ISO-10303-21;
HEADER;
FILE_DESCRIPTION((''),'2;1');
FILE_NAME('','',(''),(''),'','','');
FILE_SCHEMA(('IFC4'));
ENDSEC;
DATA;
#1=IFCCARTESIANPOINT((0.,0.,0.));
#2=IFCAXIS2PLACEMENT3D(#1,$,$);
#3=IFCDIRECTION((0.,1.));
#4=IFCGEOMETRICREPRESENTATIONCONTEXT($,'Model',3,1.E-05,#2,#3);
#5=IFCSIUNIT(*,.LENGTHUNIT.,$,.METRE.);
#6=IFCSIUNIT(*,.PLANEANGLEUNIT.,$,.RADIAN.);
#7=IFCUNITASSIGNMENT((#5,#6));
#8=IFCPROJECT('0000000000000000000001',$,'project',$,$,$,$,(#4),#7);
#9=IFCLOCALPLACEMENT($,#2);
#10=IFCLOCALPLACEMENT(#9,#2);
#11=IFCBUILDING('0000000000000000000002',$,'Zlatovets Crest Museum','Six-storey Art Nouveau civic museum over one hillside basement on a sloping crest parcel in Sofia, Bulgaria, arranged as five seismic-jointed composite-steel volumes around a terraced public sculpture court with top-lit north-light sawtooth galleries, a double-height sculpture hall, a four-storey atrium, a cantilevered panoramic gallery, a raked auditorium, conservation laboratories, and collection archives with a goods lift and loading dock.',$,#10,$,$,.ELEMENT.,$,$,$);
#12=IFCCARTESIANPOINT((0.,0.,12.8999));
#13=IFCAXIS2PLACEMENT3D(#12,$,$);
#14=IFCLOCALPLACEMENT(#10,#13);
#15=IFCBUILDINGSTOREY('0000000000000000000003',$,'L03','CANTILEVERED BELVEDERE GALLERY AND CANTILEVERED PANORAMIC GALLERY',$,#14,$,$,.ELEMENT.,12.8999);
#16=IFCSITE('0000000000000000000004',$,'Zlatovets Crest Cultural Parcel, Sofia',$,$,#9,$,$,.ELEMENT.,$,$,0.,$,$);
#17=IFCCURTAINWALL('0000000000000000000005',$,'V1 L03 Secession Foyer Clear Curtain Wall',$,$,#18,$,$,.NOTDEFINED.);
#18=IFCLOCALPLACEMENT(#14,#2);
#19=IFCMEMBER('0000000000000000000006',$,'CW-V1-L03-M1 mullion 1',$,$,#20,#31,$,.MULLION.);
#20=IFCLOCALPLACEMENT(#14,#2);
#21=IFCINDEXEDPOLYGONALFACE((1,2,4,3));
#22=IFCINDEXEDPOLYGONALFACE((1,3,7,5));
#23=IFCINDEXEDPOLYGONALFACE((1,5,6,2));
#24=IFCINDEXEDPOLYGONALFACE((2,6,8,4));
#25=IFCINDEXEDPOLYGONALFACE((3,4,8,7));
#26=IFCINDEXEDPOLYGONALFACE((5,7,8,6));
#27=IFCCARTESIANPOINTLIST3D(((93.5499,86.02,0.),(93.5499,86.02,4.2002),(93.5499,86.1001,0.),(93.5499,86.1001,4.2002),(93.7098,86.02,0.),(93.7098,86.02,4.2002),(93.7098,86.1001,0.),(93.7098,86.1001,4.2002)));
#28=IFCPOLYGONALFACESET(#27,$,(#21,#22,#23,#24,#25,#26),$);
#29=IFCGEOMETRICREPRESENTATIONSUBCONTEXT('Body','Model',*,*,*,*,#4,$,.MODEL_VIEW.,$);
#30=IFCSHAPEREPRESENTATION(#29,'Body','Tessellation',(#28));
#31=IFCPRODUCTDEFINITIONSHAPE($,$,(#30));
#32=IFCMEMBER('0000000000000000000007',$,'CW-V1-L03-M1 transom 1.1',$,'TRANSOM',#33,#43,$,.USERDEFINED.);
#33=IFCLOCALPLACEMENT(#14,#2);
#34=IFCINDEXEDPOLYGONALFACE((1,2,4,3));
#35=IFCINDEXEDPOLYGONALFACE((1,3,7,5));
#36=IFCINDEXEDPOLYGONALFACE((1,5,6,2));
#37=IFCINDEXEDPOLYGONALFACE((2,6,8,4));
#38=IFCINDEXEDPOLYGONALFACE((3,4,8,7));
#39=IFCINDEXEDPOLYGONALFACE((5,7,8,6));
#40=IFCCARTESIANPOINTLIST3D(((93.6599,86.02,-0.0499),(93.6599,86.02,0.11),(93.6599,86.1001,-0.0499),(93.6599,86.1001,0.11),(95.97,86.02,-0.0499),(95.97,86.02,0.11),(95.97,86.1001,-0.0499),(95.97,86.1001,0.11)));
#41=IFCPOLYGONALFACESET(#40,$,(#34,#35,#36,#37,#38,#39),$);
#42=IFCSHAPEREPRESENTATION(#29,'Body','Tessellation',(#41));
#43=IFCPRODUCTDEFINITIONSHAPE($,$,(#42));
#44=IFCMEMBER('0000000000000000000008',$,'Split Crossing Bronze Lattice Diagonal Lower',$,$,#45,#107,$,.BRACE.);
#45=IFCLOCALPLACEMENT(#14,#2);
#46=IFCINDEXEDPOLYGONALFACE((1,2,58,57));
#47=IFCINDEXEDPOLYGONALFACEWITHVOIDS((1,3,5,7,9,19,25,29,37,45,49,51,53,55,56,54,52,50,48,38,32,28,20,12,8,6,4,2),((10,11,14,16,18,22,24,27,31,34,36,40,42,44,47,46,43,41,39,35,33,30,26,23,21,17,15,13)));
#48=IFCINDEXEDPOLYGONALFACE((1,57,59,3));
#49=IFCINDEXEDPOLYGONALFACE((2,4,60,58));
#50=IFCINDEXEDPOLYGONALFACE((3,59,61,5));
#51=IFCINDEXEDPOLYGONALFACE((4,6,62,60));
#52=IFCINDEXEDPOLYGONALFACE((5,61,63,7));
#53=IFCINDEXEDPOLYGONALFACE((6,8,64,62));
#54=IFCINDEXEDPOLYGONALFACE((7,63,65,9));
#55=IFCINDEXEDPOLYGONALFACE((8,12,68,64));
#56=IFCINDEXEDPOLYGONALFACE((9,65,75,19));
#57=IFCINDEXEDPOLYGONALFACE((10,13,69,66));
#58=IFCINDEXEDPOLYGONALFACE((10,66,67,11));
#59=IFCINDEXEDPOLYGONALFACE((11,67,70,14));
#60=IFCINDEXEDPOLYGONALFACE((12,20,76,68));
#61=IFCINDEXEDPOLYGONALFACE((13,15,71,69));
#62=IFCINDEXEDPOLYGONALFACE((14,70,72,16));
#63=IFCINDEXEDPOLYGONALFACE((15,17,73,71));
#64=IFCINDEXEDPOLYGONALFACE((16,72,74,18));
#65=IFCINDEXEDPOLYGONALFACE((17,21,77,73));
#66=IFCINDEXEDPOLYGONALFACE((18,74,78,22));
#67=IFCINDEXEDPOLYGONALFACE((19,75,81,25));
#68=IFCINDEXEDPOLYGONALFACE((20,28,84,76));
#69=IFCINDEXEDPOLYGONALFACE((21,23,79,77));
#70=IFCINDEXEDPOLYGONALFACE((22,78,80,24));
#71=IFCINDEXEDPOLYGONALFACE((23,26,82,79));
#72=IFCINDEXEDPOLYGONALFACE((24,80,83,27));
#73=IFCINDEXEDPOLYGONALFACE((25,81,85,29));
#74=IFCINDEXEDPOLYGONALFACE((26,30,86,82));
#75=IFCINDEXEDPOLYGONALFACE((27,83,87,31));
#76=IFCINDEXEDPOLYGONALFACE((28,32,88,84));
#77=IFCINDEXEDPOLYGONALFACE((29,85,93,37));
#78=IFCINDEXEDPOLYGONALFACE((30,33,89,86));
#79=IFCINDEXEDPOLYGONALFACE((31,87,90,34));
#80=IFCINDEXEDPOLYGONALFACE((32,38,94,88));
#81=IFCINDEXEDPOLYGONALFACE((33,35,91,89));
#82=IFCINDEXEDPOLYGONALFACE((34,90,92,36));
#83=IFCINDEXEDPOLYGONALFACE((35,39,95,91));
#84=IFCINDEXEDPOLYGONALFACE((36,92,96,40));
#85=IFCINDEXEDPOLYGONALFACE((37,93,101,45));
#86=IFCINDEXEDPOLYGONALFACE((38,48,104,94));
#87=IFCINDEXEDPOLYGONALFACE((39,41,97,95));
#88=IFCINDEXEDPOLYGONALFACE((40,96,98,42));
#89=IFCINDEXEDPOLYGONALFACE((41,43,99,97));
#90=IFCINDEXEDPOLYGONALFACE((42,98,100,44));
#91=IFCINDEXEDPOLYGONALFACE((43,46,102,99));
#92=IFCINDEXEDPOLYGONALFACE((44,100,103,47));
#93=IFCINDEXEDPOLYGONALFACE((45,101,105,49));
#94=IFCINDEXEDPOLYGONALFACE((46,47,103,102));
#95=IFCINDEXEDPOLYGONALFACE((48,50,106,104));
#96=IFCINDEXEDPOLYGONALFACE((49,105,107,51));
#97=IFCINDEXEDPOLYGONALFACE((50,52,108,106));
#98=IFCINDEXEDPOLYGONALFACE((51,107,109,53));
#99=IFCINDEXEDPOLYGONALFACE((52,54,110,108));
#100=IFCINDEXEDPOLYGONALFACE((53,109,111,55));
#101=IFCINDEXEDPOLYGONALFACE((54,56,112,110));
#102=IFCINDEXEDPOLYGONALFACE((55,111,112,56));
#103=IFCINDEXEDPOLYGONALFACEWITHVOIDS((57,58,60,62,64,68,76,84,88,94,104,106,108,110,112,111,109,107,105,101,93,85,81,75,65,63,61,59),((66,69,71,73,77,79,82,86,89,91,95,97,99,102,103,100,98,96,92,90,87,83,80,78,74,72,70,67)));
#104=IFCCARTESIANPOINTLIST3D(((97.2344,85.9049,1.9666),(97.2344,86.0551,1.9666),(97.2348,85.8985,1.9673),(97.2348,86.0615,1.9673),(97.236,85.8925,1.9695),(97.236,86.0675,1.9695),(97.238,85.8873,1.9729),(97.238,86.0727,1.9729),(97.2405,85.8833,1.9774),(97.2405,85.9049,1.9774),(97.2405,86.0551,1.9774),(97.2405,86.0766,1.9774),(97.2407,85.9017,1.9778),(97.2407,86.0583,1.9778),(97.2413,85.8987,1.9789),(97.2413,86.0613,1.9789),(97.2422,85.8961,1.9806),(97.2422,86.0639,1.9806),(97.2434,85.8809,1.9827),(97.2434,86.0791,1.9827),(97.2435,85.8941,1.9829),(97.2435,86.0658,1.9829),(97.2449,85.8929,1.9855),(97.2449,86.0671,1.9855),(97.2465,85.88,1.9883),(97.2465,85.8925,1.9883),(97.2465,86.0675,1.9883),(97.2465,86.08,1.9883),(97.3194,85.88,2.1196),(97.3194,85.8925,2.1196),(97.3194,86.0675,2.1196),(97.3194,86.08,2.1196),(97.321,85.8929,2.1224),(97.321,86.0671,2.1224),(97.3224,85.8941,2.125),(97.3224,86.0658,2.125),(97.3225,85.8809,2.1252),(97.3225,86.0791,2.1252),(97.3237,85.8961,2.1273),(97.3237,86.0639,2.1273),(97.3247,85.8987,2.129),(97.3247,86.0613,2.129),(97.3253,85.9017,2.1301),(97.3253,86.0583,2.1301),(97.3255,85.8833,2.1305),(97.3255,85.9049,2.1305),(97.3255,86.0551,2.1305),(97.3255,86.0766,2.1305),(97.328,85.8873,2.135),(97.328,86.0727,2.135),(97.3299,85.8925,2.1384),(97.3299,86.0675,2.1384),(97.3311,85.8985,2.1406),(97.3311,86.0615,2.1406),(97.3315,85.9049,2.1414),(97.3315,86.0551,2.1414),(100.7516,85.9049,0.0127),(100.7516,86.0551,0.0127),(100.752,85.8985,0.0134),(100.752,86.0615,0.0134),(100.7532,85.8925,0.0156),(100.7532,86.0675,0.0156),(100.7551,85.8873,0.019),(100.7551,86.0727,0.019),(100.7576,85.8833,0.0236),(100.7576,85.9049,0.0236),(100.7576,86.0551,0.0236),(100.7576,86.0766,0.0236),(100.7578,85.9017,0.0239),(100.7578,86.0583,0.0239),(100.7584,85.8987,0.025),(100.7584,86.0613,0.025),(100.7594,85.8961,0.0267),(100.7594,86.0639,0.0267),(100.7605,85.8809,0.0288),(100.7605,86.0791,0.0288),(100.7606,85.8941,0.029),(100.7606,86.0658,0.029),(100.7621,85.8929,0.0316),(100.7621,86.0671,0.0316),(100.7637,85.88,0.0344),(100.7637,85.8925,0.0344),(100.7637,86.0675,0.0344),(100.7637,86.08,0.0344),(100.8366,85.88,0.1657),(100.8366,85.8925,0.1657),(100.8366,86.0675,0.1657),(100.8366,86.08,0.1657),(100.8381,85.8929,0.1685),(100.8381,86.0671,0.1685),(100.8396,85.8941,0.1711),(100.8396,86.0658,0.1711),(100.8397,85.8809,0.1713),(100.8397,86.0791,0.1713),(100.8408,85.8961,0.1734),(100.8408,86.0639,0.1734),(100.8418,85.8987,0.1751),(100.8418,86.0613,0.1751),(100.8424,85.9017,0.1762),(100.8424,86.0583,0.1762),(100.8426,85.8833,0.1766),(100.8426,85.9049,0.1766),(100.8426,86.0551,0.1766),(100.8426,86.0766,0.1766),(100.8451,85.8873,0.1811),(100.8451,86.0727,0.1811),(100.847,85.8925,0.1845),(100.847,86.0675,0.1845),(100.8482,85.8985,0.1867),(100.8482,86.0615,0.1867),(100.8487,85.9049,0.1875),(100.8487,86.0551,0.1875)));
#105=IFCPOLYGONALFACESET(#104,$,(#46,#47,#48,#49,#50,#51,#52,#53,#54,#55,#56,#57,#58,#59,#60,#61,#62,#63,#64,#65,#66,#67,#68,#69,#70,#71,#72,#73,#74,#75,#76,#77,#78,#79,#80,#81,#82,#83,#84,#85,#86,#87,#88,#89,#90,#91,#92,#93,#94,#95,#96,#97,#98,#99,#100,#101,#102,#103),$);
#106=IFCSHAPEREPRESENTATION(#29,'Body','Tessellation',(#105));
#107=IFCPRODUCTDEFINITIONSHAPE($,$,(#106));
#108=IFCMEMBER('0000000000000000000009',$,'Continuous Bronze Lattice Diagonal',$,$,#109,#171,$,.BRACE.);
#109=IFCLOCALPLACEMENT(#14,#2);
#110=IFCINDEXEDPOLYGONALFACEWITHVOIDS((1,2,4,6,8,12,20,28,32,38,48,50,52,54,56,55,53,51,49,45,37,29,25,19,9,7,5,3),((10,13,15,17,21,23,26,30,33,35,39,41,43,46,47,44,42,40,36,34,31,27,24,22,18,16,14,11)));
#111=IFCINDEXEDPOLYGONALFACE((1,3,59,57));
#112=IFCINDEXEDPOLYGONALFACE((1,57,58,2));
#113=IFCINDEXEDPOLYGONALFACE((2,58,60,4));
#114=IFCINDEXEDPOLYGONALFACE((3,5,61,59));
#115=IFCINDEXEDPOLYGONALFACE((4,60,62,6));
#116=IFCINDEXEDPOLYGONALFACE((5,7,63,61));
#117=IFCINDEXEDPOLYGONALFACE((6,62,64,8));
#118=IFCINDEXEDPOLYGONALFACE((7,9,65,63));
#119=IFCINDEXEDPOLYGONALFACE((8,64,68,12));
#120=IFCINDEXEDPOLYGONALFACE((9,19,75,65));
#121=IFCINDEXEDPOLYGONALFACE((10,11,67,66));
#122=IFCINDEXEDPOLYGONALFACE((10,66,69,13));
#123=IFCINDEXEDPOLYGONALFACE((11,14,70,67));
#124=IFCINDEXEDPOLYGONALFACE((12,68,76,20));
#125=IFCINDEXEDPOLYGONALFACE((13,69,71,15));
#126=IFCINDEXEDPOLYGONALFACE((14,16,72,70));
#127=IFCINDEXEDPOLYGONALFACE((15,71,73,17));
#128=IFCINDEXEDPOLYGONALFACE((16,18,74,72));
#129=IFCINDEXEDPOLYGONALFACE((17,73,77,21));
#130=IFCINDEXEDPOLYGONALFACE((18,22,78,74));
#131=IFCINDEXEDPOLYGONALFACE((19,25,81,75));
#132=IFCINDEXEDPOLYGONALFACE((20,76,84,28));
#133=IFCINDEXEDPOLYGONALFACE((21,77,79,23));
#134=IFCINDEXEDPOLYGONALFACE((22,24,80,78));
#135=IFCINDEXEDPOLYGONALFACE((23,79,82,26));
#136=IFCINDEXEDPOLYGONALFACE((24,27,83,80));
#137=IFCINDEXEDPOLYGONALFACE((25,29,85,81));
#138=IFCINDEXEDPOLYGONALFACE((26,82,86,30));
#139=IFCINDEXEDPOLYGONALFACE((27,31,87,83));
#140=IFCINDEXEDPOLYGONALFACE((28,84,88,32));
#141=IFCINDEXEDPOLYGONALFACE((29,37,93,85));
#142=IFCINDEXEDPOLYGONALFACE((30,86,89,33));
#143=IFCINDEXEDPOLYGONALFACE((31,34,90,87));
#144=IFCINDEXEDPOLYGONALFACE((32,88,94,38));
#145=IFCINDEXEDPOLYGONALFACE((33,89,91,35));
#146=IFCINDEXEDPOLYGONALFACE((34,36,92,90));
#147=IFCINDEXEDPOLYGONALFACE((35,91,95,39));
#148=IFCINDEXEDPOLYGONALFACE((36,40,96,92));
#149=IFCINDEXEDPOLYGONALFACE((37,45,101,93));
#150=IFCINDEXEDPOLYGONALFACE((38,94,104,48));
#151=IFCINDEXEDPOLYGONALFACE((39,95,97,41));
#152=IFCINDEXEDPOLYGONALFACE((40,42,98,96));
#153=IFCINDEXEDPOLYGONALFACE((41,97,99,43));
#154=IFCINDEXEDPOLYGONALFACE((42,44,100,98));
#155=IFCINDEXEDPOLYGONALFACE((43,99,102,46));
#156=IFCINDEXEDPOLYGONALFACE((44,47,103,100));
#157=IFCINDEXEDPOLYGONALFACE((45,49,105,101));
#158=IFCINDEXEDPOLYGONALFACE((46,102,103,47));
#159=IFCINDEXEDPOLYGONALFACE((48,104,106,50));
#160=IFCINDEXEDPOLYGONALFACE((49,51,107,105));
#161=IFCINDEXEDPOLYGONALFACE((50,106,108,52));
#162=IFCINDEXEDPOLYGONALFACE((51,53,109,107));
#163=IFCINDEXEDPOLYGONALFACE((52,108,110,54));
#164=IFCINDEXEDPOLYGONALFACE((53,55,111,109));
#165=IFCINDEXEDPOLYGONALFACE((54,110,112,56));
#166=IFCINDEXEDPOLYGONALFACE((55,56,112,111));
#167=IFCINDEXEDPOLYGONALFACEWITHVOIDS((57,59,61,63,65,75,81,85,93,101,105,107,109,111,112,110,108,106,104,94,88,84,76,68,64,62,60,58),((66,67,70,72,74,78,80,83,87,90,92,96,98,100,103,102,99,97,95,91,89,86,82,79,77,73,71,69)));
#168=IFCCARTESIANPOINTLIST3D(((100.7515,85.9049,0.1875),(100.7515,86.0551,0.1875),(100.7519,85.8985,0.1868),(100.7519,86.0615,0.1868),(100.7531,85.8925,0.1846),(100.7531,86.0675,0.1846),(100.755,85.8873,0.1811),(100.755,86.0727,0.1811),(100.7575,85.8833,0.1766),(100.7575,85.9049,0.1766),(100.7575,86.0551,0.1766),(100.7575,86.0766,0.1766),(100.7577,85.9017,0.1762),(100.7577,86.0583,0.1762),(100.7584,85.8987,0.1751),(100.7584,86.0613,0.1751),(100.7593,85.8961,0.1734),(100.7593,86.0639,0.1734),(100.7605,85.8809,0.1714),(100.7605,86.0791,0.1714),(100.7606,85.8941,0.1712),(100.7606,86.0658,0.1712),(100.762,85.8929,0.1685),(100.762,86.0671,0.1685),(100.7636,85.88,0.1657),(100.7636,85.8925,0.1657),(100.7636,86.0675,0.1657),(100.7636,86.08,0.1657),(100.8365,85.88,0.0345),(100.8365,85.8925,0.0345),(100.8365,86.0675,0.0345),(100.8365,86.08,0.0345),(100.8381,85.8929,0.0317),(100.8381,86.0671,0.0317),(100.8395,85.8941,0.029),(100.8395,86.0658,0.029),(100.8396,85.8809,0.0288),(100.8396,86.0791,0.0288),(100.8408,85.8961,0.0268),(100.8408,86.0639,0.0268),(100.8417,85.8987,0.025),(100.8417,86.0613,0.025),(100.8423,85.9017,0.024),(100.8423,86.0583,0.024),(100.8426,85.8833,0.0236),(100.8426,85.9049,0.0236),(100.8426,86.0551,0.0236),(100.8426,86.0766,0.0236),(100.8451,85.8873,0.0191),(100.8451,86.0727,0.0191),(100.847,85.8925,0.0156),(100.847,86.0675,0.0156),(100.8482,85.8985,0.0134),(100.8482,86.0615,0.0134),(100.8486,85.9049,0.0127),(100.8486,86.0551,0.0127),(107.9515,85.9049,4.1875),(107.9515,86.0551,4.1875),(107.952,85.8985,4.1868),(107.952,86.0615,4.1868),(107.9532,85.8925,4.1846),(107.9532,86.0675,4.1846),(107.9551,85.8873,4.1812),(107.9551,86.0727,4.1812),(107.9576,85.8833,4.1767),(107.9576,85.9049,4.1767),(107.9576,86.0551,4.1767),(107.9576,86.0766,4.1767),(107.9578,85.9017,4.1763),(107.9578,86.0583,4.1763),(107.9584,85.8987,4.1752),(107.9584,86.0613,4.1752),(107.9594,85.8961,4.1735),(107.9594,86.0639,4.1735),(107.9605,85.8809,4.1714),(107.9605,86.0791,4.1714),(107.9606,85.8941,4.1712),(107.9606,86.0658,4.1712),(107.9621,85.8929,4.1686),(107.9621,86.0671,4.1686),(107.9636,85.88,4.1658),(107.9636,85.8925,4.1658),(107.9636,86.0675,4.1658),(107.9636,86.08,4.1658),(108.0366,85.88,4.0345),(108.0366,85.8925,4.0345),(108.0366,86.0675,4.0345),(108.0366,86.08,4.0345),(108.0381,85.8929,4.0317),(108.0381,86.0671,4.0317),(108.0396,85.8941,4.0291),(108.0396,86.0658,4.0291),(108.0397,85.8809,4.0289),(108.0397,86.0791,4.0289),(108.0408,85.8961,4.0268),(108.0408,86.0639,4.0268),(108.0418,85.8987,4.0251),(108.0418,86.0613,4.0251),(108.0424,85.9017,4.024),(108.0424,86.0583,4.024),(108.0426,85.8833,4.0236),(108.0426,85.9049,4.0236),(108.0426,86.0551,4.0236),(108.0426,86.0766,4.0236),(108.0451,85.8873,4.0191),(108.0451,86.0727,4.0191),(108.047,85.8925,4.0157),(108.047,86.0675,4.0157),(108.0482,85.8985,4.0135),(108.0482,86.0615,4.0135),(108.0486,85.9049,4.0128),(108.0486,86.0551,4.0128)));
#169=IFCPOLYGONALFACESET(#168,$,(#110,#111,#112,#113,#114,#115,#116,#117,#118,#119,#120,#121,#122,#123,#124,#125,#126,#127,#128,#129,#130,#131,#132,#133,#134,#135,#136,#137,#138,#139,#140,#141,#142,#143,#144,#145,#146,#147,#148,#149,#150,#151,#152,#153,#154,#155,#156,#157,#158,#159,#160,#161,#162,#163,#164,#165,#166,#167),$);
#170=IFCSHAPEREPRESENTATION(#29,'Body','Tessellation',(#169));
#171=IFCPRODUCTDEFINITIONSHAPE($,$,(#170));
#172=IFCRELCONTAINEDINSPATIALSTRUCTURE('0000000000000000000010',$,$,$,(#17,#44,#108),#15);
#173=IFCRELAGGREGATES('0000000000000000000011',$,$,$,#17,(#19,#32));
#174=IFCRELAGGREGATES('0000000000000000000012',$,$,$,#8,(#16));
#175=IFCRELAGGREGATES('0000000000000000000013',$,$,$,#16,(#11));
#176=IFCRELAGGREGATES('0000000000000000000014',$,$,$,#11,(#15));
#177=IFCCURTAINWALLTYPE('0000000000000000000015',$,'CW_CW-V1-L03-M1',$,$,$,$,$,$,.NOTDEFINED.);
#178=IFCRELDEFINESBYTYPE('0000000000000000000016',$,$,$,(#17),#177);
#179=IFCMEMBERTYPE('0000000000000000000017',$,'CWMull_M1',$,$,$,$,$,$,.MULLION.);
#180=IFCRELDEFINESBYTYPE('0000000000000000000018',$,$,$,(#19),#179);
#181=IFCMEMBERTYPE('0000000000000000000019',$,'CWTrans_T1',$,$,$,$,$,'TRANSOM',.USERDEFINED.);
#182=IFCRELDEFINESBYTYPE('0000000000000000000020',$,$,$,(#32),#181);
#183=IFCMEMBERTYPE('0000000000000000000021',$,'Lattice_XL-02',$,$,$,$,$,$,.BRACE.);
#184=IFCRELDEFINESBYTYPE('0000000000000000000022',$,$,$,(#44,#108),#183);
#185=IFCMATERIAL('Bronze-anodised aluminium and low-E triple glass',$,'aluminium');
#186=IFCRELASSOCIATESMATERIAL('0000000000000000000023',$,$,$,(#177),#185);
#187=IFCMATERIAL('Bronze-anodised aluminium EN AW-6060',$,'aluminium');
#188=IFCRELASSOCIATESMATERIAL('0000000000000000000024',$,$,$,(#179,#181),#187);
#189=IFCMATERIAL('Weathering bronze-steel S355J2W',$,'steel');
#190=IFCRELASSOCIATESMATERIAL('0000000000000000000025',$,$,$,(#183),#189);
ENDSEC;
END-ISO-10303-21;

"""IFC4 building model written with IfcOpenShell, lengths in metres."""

from ifc_helpers import new_model, si_unit, direction, frame, origin, origin_2d, place, context, subcontext, project, spatial, rectangle, hollow_rectangle, extrude, material, material_profile, profile_set, type_object, element, aggregate, save


model = new_model("IFC4")

# Units and contexts
model_context = context("Model", 3, precision=1e-05, world=origin(), true_north=direction((0.0, 1.0)))
body_context = subcontext(model_context, "Body", "Model", "MODEL_VIEW")
ifc_project = project(units=[si_unit("LENGTHUNIT", "METRE"), si_unit("PLANEANGLEUNIT", "RADIAN")], contexts=[model_context])

# Site, building, storey
site_placement = place(None, origin())
site = spatial("IfcSite", under=ifc_project, at=site_placement, Name="Zlatovets Crest Cultural Parcel, Sofia", CompositionType="ELEMENT", RefElevation=0.0)
building_placement = place(site_placement, origin())
building = spatial("IfcBuilding", under=site, at=building_placement, Name="Zlatovets Crest Museum", Description="Six-storey Art Nouveau civic museum over one hillside basement on a sloping crest parcel in Sofia, Bulgaria, arranged as five seismic-jointed composite-steel volumes around a terraced public sculpture court with top-lit north-light sawtooth galleries, a double-height sculpture hall, a four-storey atrium, a cantilevered panoramic gallery, a raked auditorium, conservation laboratories, and collection archives with a goods lift and loading dock.", CompositionType="ELEMENT")
storey_placement = place(building_placement, frame((0.0, 0.0, 12.8999)))
storey = spatial("IfcBuildingStorey", under=building, at=storey_placement, Name="L03", Description="CANTILEVERED BELVEDERE GALLERY AND CANTILEVERED PANORAMIC GALLERY", CompositionType="ELEMENT", Elevation=12.8999)

# Curtain wall, members
ifc_material_1 = material(Name="Bronze-anodised aluminium and low-E triple glass", Category="aluminium")
curtain_wall_type = type_object("IfcCurtainWallType", Name="CW_CW-V1-L03-M1", PredefinedType="NOTDEFINED", material=ifc_material_1)
curtain_wall_placement = place(storey_placement, origin())
curtain_wall = element("IfcCurtainWall", 1, at=curtain_wall_placement, inside=storey, type_object=curtain_wall_type, Name="V1 L03 Secession Foyer Clear Curtain Wall", PredefinedType="NOTDEFINED")
ifc_material_2 = material(Name="Bronze-anodised aluminium EN AW-6060", Category="aluminium")
ifc_material_profile_1 = material_profile(ifc_material_2, rectangle(XDim=0.0801, YDim=0.1599, at=origin_2d()), Name="ALU 80x160")
ifc_profile_set_1 = profile_set([ifc_material_profile_1], Name="Bronze-anodised aluminium EN AW-6060")
member_type_1 = type_object("IfcMemberType", Name="CWMull_M1", PredefinedType="MULLION", material=ifc_profile_set_1)
member_1_placement = place(storey_placement, frame((93.6299, 86.0601, 0.0), z_axis=(0.0, 0.0, 1.0), x_axis=(0.0, 1.0, 0.0)))
member_1 = element("IfcMember", 2, at=member_1_placement, type_object=member_type_1, Name="CW-V1-L03-M1 mullion 1", PredefinedType="MULLION", context=body_context, shape_type="SweptSolid", body=[
    extrude(rectangle(XDim=0.0801, YDim=0.1599, at=origin_2d()), origin(), (0.0, 0.0, 1.0), 4.2002),
])
ifc_material_profile_2 = material_profile(ifc_material_2, rectangle(XDim=0.0801, YDim=0.1599, at=origin_2d()), Name="ALU 80x160")
ifc_profile_set_2 = profile_set([ifc_material_profile_2], Name="Bronze-anodised aluminium EN AW-6060")
member_type_2 = type_object("IfcMemberType", Name="CWTrans_T1", ElementType="TRANSOM", PredefinedType="USERDEFINED", material=ifc_profile_set_2)
member_2_placement = place(storey_placement, frame((93.6599, 86.0601, 0.03), z_axis=(1.0, 0.0, 0.0), x_axis=(0.0, 1.0, 0.0)))
member_2 = element("IfcMember", 3, at=member_2_placement, type_object=member_type_2, Name="CW-V1-L03-M1 transom 1.1", ObjectType="TRANSOM", PredefinedType="USERDEFINED", context=body_context, shape_type="SweptSolid", body=[
    extrude(rectangle(XDim=0.0801, YDim=0.1599, at=origin_2d()), origin(), (0.0, 0.0, 1.0), 2.3101),
])
aggregate(curtain_wall, [member_1, member_2])

# Members
ifc_material_3 = material(Name="Weathering bronze-steel S355J2W", Category="steel")
ifc_material_profile_3 = material_profile(ifc_material_3, hollow_rectangle(XDim=0.2, YDim=0.2, WallThickness=0.0125, InnerFilletRadius=0.0125, OuterFilletRadius=0.0249, at=origin_2d()), Name="SHS 200x200x12.5")
ifc_profile_set_3 = profile_set([ifc_material_profile_3], Name="Weathering bronze-steel S355J2W")
member_type_3 = type_object("IfcMemberType", Name="Lattice_XL-02", PredefinedType="BRACE", material=ifc_profile_set_3)
member_3_placement = place(storey_placement, frame((97.283, 85.98, 2.054), z_axis=(0.874166, 0.0, -0.485627), x_axis=(0.0, 1.0, 0.0)))
element("IfcMember", 4, at=member_3_placement, inside=storey, type_object=member_type_3, Name="Split Crossing Bronze Lattice Diagonal Lower", PredefinedType="BRACE", context=body_context, shape_type="SweptSolid", body=[
    extrude(hollow_rectangle(XDim=0.2, YDim=0.2, WallThickness=0.0125, InnerFilletRadius=0.0125, OuterFilletRadius=0.0249, at=origin_2d()), origin(), (0.0, 0.0, 1.0), 4.0234),
])
member_4_placement = place(storey_placement, frame((100.8, 85.98, 0.1001), z_axis=(0.874156, 0.0, 0.485645), x_axis=(0.0, 1.0, 0.0)))
element("IfcMember", 5, at=member_4_placement, inside=storey, type_object=member_type_3, Name="Continuous Bronze Lattice Diagonal", PredefinedType="BRACE", context=body_context, shape_type="SweptSolid", body=[
    extrude(hollow_rectangle(XDim=0.2, YDim=0.2, WallThickness=0.0125, InnerFilletRadius=0.0125, OuterFilletRadius=0.0249, at=origin_2d()), origin(), (0.0, 0.0, 1.0), 8.2366),
])

save(model, "model.ifc")
